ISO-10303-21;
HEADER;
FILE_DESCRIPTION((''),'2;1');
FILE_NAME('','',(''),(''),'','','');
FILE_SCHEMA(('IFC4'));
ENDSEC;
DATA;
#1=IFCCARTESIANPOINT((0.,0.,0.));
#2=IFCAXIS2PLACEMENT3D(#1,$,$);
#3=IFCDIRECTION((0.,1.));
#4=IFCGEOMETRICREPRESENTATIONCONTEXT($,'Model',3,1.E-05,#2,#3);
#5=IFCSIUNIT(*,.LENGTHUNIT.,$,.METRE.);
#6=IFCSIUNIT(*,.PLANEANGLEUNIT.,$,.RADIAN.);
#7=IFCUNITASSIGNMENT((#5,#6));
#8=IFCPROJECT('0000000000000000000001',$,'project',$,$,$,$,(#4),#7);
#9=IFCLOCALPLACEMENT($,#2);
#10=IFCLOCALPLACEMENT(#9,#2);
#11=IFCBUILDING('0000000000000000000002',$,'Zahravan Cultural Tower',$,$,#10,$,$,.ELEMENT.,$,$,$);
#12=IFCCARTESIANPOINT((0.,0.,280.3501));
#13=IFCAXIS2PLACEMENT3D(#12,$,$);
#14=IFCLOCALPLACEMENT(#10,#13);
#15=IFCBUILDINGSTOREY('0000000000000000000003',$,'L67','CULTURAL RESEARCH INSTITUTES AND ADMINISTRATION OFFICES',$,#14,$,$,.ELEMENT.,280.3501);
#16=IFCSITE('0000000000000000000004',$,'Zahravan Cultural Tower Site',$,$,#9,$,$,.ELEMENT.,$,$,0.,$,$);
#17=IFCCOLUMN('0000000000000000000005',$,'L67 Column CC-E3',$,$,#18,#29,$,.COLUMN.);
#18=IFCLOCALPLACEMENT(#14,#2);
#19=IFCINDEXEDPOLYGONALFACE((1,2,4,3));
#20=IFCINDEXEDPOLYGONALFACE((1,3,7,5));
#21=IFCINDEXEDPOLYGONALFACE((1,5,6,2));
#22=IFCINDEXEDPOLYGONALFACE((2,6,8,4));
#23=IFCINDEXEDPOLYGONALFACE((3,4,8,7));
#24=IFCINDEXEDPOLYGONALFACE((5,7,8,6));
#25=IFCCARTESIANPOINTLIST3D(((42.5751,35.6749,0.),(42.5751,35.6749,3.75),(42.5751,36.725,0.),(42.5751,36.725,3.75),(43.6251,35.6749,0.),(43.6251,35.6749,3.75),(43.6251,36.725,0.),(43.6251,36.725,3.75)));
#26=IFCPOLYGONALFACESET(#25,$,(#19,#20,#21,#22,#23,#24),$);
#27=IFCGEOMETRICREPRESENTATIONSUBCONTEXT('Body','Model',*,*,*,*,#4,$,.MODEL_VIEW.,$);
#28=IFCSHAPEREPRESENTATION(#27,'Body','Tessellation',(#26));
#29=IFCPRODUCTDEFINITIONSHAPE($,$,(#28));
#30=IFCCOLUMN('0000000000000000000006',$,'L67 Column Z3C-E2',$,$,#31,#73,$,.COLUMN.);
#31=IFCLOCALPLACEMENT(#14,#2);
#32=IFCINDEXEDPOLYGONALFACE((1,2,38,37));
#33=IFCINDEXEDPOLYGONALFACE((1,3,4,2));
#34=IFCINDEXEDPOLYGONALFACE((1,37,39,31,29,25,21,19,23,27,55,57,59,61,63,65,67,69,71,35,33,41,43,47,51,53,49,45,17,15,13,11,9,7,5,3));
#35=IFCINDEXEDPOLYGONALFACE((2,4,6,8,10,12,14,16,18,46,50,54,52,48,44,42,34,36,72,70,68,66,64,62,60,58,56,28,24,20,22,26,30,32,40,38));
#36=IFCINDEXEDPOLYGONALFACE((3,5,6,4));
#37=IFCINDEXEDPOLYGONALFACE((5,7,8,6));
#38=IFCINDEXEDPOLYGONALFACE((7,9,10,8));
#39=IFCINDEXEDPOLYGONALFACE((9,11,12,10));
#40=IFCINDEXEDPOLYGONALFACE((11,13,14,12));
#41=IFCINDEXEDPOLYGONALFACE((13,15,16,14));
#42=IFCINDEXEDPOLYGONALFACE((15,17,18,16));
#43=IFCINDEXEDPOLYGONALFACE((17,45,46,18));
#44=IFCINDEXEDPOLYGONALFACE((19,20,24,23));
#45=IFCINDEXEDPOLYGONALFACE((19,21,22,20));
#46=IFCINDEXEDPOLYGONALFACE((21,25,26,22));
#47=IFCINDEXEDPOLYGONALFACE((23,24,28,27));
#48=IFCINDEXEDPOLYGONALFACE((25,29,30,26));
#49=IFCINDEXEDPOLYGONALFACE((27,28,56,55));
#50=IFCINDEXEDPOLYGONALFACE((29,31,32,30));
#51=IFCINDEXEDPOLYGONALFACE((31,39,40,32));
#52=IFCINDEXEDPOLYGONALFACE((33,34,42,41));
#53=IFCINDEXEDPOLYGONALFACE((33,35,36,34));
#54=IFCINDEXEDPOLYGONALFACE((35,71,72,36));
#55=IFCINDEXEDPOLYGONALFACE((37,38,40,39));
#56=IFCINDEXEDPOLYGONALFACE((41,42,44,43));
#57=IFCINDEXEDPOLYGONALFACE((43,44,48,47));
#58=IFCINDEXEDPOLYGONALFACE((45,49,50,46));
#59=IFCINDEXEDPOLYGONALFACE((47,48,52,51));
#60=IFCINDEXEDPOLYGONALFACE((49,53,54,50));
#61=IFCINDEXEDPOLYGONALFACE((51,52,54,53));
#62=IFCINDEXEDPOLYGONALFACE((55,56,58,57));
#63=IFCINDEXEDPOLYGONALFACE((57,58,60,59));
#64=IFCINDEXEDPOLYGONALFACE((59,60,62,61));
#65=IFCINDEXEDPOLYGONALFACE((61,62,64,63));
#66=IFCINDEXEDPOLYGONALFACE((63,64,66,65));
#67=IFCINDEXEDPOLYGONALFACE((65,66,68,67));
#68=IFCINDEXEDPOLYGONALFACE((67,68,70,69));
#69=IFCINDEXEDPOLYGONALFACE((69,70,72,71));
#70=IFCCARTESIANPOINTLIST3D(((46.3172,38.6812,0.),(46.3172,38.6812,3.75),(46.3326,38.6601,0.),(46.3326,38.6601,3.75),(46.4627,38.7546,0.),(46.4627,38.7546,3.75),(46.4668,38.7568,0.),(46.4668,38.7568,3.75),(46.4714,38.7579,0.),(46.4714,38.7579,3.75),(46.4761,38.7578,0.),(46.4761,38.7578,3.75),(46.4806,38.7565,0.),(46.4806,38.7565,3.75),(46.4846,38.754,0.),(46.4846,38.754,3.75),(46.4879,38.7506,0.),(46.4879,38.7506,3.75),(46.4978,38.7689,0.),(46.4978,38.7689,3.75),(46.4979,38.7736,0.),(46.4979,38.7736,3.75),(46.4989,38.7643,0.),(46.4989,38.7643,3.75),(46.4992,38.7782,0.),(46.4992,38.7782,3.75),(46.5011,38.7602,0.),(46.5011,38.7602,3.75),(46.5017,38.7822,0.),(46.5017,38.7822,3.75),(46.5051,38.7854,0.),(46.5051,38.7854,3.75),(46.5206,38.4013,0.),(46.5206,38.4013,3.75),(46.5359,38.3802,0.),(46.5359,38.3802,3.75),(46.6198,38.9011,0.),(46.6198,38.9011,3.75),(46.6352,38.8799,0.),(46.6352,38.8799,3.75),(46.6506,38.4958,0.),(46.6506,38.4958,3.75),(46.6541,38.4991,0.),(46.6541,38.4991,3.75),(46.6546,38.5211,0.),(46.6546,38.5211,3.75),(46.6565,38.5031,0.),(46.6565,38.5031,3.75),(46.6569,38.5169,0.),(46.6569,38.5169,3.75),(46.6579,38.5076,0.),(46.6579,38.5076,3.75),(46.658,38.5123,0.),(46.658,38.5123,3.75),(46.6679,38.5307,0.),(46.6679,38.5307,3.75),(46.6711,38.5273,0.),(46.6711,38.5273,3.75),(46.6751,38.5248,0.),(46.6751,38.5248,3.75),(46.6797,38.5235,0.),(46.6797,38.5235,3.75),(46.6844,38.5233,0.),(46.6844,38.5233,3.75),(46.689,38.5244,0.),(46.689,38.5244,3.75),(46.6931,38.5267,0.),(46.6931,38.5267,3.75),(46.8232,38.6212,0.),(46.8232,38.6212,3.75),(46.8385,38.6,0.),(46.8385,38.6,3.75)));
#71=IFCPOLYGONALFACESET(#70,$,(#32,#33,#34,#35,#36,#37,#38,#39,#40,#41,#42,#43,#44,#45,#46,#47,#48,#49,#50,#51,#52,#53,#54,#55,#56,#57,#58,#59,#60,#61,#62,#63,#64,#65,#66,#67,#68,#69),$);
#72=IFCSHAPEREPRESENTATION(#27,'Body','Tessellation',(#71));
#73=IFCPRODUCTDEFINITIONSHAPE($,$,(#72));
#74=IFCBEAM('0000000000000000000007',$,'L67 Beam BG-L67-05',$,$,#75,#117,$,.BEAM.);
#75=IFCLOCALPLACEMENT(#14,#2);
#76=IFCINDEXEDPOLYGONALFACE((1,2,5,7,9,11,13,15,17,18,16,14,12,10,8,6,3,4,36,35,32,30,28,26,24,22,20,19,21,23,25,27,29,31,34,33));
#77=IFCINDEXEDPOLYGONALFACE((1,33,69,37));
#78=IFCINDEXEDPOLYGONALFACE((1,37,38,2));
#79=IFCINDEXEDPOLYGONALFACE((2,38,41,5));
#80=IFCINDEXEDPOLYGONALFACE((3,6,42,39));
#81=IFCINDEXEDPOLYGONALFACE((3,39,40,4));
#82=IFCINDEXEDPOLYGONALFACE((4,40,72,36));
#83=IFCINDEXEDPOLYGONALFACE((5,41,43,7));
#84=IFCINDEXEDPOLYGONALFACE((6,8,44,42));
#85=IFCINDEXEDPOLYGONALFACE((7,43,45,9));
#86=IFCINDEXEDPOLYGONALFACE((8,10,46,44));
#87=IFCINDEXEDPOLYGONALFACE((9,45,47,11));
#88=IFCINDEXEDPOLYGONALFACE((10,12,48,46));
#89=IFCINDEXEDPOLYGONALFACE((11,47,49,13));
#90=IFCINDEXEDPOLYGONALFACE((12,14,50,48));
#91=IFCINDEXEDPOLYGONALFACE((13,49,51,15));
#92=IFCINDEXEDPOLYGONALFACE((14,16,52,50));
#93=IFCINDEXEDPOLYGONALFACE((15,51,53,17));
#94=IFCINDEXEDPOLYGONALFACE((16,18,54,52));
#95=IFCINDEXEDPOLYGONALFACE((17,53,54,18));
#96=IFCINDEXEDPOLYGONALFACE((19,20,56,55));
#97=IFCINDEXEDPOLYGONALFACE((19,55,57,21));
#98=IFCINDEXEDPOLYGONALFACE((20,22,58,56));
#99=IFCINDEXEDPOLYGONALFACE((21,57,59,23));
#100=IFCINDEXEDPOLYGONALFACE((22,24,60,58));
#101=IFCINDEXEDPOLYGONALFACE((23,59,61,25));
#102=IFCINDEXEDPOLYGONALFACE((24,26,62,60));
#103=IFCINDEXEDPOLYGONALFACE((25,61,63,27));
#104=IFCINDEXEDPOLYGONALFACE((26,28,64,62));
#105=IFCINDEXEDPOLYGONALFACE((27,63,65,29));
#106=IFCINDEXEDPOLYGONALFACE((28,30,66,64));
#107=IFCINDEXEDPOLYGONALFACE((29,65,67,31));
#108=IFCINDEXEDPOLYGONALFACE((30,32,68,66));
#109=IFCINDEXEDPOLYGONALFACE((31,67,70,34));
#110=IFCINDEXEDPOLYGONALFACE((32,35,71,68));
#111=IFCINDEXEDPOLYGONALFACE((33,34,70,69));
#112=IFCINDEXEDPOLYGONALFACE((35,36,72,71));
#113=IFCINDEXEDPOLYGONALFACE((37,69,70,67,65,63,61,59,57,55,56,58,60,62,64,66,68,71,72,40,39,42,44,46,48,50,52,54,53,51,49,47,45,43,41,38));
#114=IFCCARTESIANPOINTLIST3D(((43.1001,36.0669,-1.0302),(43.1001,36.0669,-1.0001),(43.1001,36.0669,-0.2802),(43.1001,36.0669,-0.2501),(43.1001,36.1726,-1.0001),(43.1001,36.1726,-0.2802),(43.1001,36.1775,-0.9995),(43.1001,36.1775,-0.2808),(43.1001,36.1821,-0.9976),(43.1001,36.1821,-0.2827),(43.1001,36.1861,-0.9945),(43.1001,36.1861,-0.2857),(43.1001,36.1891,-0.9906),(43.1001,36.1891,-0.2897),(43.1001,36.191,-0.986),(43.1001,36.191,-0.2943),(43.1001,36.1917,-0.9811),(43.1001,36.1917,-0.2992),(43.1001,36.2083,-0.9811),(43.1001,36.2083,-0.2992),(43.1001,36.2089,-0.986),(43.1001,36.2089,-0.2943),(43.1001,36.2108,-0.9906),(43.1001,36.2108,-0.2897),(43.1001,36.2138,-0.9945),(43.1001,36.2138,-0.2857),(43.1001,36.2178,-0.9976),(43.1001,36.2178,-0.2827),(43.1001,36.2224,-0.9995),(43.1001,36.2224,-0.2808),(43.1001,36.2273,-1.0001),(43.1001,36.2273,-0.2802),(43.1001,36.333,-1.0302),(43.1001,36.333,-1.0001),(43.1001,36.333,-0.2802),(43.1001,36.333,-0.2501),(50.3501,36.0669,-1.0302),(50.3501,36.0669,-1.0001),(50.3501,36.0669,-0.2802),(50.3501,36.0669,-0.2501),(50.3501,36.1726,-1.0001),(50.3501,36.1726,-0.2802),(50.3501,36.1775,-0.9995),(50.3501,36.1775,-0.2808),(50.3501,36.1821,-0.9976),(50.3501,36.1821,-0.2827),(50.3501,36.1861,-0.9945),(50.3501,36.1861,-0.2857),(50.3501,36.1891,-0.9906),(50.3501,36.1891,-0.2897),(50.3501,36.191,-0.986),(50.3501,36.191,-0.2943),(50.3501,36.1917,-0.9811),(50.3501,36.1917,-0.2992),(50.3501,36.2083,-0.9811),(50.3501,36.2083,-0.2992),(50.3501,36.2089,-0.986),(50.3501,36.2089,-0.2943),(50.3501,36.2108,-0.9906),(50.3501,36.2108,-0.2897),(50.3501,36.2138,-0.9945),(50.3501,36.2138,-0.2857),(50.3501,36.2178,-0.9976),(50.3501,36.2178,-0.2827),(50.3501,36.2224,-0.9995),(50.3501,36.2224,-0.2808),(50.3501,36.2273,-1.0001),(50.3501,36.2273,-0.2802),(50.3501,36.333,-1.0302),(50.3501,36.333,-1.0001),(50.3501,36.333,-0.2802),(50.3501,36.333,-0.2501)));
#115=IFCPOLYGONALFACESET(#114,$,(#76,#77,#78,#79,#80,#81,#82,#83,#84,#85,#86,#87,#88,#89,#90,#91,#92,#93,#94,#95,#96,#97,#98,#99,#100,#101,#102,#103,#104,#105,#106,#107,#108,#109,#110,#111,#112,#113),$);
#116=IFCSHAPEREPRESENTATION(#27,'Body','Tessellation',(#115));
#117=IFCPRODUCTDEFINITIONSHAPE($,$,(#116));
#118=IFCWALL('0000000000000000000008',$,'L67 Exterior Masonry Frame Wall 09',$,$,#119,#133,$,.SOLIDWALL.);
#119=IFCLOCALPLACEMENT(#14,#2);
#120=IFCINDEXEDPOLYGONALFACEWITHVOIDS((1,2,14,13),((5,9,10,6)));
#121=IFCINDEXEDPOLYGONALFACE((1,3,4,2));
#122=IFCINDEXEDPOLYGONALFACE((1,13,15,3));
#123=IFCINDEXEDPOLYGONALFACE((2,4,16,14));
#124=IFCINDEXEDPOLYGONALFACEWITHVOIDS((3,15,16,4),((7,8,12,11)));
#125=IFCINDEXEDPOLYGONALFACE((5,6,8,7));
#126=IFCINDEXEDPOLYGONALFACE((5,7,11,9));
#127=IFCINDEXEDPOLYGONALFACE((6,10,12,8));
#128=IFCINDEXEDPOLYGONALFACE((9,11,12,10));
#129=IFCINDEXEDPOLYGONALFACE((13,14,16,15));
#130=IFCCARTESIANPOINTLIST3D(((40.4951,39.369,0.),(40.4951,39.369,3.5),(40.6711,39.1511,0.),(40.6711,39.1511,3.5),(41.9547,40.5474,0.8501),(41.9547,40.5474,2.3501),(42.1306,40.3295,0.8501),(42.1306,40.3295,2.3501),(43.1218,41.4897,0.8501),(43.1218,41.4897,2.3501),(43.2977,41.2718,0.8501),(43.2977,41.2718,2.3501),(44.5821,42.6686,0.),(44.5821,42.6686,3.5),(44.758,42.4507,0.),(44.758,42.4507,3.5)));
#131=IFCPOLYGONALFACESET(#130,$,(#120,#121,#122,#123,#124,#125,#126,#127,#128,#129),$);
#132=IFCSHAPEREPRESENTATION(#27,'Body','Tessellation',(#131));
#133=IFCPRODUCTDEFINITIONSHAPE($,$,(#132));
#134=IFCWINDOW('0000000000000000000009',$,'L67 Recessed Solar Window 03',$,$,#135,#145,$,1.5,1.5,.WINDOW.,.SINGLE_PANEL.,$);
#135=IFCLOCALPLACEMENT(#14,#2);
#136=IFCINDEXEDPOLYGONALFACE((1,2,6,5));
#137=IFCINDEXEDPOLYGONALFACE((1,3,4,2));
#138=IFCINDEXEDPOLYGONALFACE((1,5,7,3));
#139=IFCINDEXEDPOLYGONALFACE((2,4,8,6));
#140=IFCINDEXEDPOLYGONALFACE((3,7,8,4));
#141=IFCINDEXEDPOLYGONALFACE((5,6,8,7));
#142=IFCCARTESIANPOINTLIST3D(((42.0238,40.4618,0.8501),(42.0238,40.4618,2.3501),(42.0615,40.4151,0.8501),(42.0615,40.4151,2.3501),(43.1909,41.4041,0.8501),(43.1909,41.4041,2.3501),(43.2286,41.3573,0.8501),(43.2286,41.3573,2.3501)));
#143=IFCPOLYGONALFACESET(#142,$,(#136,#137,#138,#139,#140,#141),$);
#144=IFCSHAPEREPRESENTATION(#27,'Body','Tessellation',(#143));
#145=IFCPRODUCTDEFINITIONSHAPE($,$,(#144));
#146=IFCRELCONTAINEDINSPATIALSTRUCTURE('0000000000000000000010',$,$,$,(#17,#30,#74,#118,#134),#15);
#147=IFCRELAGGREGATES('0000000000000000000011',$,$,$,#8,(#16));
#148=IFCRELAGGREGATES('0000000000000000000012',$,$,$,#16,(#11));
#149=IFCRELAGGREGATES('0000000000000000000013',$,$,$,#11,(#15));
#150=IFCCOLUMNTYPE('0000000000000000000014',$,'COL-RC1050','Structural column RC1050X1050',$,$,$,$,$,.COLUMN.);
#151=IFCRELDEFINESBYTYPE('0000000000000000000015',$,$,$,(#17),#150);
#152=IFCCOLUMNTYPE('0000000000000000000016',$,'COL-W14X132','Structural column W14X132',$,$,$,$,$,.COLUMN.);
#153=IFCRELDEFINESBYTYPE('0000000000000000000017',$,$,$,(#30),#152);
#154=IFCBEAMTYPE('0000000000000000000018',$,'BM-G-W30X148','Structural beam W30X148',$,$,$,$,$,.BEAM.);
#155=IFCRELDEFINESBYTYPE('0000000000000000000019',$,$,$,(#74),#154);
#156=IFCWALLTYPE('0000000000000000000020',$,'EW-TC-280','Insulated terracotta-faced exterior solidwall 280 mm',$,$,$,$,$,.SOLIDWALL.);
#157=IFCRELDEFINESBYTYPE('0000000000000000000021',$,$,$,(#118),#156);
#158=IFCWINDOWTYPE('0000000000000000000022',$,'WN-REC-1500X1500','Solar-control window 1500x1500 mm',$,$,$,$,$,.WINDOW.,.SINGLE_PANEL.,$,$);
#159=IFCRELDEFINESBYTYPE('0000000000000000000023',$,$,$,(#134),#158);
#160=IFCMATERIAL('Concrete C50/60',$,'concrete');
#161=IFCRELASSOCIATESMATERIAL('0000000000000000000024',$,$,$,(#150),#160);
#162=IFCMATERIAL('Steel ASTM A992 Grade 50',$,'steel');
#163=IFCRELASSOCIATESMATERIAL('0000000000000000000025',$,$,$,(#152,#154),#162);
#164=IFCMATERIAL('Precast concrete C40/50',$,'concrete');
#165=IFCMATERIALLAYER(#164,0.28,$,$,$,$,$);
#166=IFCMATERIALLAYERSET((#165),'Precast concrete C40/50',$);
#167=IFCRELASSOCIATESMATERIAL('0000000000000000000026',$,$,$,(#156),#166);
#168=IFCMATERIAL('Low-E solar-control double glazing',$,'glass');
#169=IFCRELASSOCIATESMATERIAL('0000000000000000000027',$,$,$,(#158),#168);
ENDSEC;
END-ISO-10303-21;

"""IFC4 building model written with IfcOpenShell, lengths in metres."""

from ifc_helpers import new_model, si_unit, direction, frame, frame_2d, origin, origin_2d, place, context, subcontext, project, spatial, rectangle, i_section, extrude, source, transform, mapped, material, layer, layer_set, material_profile, profile_set, type_object, element, fill, save


model = new_model("IFC4")

# Units and contexts
model_context = context("Model", 3, precision=1e-05, world=origin(), true_north=direction((0.0, 1.0)))
body_context = subcontext(model_context, "Body", "Model", "MODEL_VIEW")
ifc_project = project(units=[si_unit("LENGTHUNIT", "METRE"), si_unit("PLANEANGLEUNIT", "RADIAN")], contexts=[model_context])

# Site, building, storey
site_placement = place(None, origin())
site = spatial("IfcSite", under=ifc_project, at=site_placement, Name="Zahravan Cultural Tower Site", CompositionType="ELEMENT", RefElevation=0.0)
building_placement = place(site_placement, origin())
building = spatial("IfcBuilding", under=site, at=building_placement, Name="Zahravan Cultural Tower", CompositionType="ELEMENT")
storey_placement = place(building_placement, frame((0.0, 0.0, 280.3501)))
storey = spatial("IfcBuildingStorey", under=building, at=storey_placement, Name="L67", Description="CULTURAL RESEARCH INSTITUTES AND ADMINISTRATION OFFICES", CompositionType="ELEMENT", Elevation=280.3501)

# Columns
ifc_material_1 = material(Name="Concrete C50/60", Category="concrete")
ifc_material_profile_1 = material_profile(ifc_material_1, rectangle(XDim=1.05, YDim=1.05, at=origin_2d()), Name="RC1050X1050")
ifc_profile_set_1 = profile_set([ifc_material_profile_1], Name="Concrete C50/60")
column_type_1 = type_object("IfcColumnType", Name="COL-RC1050", Description="Structural column RC1050X1050", PredefinedType="COLUMN", material=ifc_profile_set_1)
shared_shape_1 = source(origin(), body_context, "Body", "SweptSolid", [
    extrude(rectangle(XDim=1.05, YDim=1.05, at=origin_2d()), origin(), (0.0, 0.0, 1.0), 3.75),
])
column_1_placement = place(storey_placement, frame((43.1001, 36.2, 0.0), z_axis=(0.0, 0.0, 1.0), x_axis=(1.0, 0.0, 0.0)))
element("IfcColumn", 1, at=column_1_placement, inside=storey, type_object=column_type_1, Name="L67 Column CC-E3", PredefinedType="COLUMN", context=body_context, shape_type="MappedRepresentation", body=[
    mapped(shared_shape_1, transform((0.0, 0.0, 0.0), x_axis=(1.0, 0.0, 0.0), y_axis=(0.0, 1.0, 0.0), z_axis=(0.0, 0.0, 1.0), scale=1.0)),
])
ifc_material_2 = material(Name="Steel ASTM A992 Grade 50", Category="steel")
ifc_material_profile_2 = material_profile(ifc_material_2, i_section(OverallWidth=0.374, OverallDepth=0.3721, WebThickness=0.0164, FlangeThickness=0.0261, FilletRadius=0.0181, at=origin_2d()), Name="W14X132")
ifc_profile_set_2 = profile_set([ifc_material_profile_2], Name="Steel ASTM A992 Grade 50")
column_type_2 = type_object("IfcColumnType", Name="COL-W14X132", Description="Structural column W14X132", PredefinedType="COLUMN", material=ifc_profile_set_2)
shared_shape_2 = source(origin(), body_context, "Body", "SweptSolid", [
    extrude(i_section(OverallWidth=0.374, OverallDepth=0.3721, WebThickness=0.0164, FlangeThickness=0.0261, FilletRadius=0.0181, at=origin_2d()), origin(), (0.0, 0.0, 1.0), 3.75),
])
column_2_placement = place(storey_placement, frame((46.5779, 38.6406, 0.0), z_axis=(0.0, 0.0, 1.0), x_axis=(0.809017, 0.587785, 0.0)))
element("IfcColumn", 2, at=column_2_placement, inside=storey, type_object=column_type_2, Name="L67 Column Z3C-E2", PredefinedType="COLUMN", context=body_context, shape_type="MappedRepresentation", body=[
    mapped(shared_shape_2, transform((0.0, 0.0, 0.0), x_axis=(1.0, 0.0, 0.0), y_axis=(0.0, 1.0, 0.0), z_axis=(0.0, 0.0, 1.0), scale=1.0)),
])

# Beam
ifc_material_profile_3 = material_profile(ifc_material_2, i_section(OverallWidth=0.2661, OverallDepth=0.78, WebThickness=0.0166, FlangeThickness=0.03, FilletRadius=0.019, at=origin_2d()), Name="W30X148")
ifc_profile_set_3 = profile_set([ifc_material_profile_3], Name="Steel ASTM A992 Grade 50")
beam_type = type_object("IfcBeamType", Name="BM-G-W30X148", Description="Structural beam W30X148", PredefinedType="BEAM", material=ifc_profile_set_3)
shared_shape_3 = source(origin(), body_context, "Body", "SweptSolid", [
    extrude(i_section(OverallWidth=0.2661, OverallDepth=0.78, WebThickness=0.0166, FlangeThickness=0.03, FilletRadius=0.019, at=origin_2d()), origin(), (0.0, 0.0, 1.0), 7.25),
])
beam_placement = place(storey_placement, frame((43.1001, 36.2, -0.6401), z_axis=(1.0, 0.0, 0.0), x_axis=(0.0, 1.0, 0.0)))
element("IfcBeam", 3, at=beam_placement, inside=storey, type_object=beam_type, Name="L67 Beam BG-L67-05", PredefinedType="BEAM", context=body_context, shape_type="MappedRepresentation", body=[
    mapped(shared_shape_3, transform((0.0, 0.0, 0.0), x_axis=(1.0, 0.0, 0.0), y_axis=(0.0, 1.0, 0.0), z_axis=(0.0, 0.0, 1.0), scale=1.0)),
])

# Wall, opening, window
ifc_material_3 = material(Name="Precast concrete C40/50", Category="concrete")
ifc_layer_1 = layer(ifc_material_3, 0.28)
ifc_layer_set_1 = layer_set([ifc_layer_1], Name="Precast concrete C40/50")
wall_type_1 = type_object("IfcWallType", Name="EW-TC-280", Description="Insulated terracotta-faced exterior solidwall 280 mm", PredefinedType="SOLIDWALL", material=ifc_layer_set_1)
wall_1_placement = place(storey_placement, frame((40.583, 39.26, 0.0), z_axis=(0.0, 0.0, 1.0), x_axis=(0.778072, 0.628175, 0.0)))
wall_1 = element("IfcWall", 4, at=wall_1_placement, inside=storey, type_object=wall_type_1, Name="L67 Exterior Masonry Frame Wall 09", PredefinedType="SOLIDWALL", context=body_context, shape_type="SweptSolid", body=[
    extrude(rectangle(XDim=5.2527, YDim=0.28, at=frame_2d((2.6265, 0.0))), origin(), (0.0, 0.0, 1.0), 3.5),
])
opening_1_placement = place(wall_1_placement, frame((1.876, 0.0, 0.8501)))
opening_1 = element("IfcOpeningElement", 5, at=opening_1_placement, cuts=wall_1, PredefinedType="OPENING", context=body_context, shape_type="SweptSolid", body=[
    extrude(rectangle(XDim=1.5, YDim=1.5, at=frame_2d((0.75, 0.75))), frame((0.0, 0.1499, 0.0), z_axis=(0.0, -1.0, 0.0), x_axis=(1.0, 0.0, 0.0)), (0.0, 0.0, 1.0), 0.3),
])
ifc_material_4 = material(Name="Low-E solar-control double glazing", Category="glass")
window_type = type_object("IfcWindowType", Name="WN-REC-1500X1500", Description="Solar-control window 1500x1500 mm", PartitioningType="SINGLE_PANEL", PredefinedType="WINDOW", material=ifc_material_4)
shared_shape_4 = source(origin(), body_context, "Body", "SweptSolid", [
    extrude(rectangle(XDim=1.5, YDim=1.5, at=frame_2d((0.75, 0.75))), frame((0.0, 0.03, 0.0), z_axis=(0.0, -1.0, 0.0), x_axis=(1.0, 0.0, 0.0)), (0.0, 0.0, 1.0), 0.0601),
])
window_1_placement = place(opening_1_placement, origin())
window_1 = element("IfcWindow", 6, at=window_1_placement, inside=storey, type_object=window_type, Name="L67 Recessed Solar Window 03", OverallHeight=1.5, OverallWidth=1.5, PartitioningType="SINGLE_PANEL", PredefinedType="WINDOW", context=body_context, shape_type="MappedRepresentation", body=[
    mapped(shared_shape_4, transform((0.0, 0.0, 0.0), x_axis=(1.0, 0.0, 0.0), y_axis=(0.0, 1.0, 0.0), z_axis=(0.0, 0.0, 1.0), scale=1.0)),
])
fill(opening_1, window_1)

save(model, "model.ifc")
